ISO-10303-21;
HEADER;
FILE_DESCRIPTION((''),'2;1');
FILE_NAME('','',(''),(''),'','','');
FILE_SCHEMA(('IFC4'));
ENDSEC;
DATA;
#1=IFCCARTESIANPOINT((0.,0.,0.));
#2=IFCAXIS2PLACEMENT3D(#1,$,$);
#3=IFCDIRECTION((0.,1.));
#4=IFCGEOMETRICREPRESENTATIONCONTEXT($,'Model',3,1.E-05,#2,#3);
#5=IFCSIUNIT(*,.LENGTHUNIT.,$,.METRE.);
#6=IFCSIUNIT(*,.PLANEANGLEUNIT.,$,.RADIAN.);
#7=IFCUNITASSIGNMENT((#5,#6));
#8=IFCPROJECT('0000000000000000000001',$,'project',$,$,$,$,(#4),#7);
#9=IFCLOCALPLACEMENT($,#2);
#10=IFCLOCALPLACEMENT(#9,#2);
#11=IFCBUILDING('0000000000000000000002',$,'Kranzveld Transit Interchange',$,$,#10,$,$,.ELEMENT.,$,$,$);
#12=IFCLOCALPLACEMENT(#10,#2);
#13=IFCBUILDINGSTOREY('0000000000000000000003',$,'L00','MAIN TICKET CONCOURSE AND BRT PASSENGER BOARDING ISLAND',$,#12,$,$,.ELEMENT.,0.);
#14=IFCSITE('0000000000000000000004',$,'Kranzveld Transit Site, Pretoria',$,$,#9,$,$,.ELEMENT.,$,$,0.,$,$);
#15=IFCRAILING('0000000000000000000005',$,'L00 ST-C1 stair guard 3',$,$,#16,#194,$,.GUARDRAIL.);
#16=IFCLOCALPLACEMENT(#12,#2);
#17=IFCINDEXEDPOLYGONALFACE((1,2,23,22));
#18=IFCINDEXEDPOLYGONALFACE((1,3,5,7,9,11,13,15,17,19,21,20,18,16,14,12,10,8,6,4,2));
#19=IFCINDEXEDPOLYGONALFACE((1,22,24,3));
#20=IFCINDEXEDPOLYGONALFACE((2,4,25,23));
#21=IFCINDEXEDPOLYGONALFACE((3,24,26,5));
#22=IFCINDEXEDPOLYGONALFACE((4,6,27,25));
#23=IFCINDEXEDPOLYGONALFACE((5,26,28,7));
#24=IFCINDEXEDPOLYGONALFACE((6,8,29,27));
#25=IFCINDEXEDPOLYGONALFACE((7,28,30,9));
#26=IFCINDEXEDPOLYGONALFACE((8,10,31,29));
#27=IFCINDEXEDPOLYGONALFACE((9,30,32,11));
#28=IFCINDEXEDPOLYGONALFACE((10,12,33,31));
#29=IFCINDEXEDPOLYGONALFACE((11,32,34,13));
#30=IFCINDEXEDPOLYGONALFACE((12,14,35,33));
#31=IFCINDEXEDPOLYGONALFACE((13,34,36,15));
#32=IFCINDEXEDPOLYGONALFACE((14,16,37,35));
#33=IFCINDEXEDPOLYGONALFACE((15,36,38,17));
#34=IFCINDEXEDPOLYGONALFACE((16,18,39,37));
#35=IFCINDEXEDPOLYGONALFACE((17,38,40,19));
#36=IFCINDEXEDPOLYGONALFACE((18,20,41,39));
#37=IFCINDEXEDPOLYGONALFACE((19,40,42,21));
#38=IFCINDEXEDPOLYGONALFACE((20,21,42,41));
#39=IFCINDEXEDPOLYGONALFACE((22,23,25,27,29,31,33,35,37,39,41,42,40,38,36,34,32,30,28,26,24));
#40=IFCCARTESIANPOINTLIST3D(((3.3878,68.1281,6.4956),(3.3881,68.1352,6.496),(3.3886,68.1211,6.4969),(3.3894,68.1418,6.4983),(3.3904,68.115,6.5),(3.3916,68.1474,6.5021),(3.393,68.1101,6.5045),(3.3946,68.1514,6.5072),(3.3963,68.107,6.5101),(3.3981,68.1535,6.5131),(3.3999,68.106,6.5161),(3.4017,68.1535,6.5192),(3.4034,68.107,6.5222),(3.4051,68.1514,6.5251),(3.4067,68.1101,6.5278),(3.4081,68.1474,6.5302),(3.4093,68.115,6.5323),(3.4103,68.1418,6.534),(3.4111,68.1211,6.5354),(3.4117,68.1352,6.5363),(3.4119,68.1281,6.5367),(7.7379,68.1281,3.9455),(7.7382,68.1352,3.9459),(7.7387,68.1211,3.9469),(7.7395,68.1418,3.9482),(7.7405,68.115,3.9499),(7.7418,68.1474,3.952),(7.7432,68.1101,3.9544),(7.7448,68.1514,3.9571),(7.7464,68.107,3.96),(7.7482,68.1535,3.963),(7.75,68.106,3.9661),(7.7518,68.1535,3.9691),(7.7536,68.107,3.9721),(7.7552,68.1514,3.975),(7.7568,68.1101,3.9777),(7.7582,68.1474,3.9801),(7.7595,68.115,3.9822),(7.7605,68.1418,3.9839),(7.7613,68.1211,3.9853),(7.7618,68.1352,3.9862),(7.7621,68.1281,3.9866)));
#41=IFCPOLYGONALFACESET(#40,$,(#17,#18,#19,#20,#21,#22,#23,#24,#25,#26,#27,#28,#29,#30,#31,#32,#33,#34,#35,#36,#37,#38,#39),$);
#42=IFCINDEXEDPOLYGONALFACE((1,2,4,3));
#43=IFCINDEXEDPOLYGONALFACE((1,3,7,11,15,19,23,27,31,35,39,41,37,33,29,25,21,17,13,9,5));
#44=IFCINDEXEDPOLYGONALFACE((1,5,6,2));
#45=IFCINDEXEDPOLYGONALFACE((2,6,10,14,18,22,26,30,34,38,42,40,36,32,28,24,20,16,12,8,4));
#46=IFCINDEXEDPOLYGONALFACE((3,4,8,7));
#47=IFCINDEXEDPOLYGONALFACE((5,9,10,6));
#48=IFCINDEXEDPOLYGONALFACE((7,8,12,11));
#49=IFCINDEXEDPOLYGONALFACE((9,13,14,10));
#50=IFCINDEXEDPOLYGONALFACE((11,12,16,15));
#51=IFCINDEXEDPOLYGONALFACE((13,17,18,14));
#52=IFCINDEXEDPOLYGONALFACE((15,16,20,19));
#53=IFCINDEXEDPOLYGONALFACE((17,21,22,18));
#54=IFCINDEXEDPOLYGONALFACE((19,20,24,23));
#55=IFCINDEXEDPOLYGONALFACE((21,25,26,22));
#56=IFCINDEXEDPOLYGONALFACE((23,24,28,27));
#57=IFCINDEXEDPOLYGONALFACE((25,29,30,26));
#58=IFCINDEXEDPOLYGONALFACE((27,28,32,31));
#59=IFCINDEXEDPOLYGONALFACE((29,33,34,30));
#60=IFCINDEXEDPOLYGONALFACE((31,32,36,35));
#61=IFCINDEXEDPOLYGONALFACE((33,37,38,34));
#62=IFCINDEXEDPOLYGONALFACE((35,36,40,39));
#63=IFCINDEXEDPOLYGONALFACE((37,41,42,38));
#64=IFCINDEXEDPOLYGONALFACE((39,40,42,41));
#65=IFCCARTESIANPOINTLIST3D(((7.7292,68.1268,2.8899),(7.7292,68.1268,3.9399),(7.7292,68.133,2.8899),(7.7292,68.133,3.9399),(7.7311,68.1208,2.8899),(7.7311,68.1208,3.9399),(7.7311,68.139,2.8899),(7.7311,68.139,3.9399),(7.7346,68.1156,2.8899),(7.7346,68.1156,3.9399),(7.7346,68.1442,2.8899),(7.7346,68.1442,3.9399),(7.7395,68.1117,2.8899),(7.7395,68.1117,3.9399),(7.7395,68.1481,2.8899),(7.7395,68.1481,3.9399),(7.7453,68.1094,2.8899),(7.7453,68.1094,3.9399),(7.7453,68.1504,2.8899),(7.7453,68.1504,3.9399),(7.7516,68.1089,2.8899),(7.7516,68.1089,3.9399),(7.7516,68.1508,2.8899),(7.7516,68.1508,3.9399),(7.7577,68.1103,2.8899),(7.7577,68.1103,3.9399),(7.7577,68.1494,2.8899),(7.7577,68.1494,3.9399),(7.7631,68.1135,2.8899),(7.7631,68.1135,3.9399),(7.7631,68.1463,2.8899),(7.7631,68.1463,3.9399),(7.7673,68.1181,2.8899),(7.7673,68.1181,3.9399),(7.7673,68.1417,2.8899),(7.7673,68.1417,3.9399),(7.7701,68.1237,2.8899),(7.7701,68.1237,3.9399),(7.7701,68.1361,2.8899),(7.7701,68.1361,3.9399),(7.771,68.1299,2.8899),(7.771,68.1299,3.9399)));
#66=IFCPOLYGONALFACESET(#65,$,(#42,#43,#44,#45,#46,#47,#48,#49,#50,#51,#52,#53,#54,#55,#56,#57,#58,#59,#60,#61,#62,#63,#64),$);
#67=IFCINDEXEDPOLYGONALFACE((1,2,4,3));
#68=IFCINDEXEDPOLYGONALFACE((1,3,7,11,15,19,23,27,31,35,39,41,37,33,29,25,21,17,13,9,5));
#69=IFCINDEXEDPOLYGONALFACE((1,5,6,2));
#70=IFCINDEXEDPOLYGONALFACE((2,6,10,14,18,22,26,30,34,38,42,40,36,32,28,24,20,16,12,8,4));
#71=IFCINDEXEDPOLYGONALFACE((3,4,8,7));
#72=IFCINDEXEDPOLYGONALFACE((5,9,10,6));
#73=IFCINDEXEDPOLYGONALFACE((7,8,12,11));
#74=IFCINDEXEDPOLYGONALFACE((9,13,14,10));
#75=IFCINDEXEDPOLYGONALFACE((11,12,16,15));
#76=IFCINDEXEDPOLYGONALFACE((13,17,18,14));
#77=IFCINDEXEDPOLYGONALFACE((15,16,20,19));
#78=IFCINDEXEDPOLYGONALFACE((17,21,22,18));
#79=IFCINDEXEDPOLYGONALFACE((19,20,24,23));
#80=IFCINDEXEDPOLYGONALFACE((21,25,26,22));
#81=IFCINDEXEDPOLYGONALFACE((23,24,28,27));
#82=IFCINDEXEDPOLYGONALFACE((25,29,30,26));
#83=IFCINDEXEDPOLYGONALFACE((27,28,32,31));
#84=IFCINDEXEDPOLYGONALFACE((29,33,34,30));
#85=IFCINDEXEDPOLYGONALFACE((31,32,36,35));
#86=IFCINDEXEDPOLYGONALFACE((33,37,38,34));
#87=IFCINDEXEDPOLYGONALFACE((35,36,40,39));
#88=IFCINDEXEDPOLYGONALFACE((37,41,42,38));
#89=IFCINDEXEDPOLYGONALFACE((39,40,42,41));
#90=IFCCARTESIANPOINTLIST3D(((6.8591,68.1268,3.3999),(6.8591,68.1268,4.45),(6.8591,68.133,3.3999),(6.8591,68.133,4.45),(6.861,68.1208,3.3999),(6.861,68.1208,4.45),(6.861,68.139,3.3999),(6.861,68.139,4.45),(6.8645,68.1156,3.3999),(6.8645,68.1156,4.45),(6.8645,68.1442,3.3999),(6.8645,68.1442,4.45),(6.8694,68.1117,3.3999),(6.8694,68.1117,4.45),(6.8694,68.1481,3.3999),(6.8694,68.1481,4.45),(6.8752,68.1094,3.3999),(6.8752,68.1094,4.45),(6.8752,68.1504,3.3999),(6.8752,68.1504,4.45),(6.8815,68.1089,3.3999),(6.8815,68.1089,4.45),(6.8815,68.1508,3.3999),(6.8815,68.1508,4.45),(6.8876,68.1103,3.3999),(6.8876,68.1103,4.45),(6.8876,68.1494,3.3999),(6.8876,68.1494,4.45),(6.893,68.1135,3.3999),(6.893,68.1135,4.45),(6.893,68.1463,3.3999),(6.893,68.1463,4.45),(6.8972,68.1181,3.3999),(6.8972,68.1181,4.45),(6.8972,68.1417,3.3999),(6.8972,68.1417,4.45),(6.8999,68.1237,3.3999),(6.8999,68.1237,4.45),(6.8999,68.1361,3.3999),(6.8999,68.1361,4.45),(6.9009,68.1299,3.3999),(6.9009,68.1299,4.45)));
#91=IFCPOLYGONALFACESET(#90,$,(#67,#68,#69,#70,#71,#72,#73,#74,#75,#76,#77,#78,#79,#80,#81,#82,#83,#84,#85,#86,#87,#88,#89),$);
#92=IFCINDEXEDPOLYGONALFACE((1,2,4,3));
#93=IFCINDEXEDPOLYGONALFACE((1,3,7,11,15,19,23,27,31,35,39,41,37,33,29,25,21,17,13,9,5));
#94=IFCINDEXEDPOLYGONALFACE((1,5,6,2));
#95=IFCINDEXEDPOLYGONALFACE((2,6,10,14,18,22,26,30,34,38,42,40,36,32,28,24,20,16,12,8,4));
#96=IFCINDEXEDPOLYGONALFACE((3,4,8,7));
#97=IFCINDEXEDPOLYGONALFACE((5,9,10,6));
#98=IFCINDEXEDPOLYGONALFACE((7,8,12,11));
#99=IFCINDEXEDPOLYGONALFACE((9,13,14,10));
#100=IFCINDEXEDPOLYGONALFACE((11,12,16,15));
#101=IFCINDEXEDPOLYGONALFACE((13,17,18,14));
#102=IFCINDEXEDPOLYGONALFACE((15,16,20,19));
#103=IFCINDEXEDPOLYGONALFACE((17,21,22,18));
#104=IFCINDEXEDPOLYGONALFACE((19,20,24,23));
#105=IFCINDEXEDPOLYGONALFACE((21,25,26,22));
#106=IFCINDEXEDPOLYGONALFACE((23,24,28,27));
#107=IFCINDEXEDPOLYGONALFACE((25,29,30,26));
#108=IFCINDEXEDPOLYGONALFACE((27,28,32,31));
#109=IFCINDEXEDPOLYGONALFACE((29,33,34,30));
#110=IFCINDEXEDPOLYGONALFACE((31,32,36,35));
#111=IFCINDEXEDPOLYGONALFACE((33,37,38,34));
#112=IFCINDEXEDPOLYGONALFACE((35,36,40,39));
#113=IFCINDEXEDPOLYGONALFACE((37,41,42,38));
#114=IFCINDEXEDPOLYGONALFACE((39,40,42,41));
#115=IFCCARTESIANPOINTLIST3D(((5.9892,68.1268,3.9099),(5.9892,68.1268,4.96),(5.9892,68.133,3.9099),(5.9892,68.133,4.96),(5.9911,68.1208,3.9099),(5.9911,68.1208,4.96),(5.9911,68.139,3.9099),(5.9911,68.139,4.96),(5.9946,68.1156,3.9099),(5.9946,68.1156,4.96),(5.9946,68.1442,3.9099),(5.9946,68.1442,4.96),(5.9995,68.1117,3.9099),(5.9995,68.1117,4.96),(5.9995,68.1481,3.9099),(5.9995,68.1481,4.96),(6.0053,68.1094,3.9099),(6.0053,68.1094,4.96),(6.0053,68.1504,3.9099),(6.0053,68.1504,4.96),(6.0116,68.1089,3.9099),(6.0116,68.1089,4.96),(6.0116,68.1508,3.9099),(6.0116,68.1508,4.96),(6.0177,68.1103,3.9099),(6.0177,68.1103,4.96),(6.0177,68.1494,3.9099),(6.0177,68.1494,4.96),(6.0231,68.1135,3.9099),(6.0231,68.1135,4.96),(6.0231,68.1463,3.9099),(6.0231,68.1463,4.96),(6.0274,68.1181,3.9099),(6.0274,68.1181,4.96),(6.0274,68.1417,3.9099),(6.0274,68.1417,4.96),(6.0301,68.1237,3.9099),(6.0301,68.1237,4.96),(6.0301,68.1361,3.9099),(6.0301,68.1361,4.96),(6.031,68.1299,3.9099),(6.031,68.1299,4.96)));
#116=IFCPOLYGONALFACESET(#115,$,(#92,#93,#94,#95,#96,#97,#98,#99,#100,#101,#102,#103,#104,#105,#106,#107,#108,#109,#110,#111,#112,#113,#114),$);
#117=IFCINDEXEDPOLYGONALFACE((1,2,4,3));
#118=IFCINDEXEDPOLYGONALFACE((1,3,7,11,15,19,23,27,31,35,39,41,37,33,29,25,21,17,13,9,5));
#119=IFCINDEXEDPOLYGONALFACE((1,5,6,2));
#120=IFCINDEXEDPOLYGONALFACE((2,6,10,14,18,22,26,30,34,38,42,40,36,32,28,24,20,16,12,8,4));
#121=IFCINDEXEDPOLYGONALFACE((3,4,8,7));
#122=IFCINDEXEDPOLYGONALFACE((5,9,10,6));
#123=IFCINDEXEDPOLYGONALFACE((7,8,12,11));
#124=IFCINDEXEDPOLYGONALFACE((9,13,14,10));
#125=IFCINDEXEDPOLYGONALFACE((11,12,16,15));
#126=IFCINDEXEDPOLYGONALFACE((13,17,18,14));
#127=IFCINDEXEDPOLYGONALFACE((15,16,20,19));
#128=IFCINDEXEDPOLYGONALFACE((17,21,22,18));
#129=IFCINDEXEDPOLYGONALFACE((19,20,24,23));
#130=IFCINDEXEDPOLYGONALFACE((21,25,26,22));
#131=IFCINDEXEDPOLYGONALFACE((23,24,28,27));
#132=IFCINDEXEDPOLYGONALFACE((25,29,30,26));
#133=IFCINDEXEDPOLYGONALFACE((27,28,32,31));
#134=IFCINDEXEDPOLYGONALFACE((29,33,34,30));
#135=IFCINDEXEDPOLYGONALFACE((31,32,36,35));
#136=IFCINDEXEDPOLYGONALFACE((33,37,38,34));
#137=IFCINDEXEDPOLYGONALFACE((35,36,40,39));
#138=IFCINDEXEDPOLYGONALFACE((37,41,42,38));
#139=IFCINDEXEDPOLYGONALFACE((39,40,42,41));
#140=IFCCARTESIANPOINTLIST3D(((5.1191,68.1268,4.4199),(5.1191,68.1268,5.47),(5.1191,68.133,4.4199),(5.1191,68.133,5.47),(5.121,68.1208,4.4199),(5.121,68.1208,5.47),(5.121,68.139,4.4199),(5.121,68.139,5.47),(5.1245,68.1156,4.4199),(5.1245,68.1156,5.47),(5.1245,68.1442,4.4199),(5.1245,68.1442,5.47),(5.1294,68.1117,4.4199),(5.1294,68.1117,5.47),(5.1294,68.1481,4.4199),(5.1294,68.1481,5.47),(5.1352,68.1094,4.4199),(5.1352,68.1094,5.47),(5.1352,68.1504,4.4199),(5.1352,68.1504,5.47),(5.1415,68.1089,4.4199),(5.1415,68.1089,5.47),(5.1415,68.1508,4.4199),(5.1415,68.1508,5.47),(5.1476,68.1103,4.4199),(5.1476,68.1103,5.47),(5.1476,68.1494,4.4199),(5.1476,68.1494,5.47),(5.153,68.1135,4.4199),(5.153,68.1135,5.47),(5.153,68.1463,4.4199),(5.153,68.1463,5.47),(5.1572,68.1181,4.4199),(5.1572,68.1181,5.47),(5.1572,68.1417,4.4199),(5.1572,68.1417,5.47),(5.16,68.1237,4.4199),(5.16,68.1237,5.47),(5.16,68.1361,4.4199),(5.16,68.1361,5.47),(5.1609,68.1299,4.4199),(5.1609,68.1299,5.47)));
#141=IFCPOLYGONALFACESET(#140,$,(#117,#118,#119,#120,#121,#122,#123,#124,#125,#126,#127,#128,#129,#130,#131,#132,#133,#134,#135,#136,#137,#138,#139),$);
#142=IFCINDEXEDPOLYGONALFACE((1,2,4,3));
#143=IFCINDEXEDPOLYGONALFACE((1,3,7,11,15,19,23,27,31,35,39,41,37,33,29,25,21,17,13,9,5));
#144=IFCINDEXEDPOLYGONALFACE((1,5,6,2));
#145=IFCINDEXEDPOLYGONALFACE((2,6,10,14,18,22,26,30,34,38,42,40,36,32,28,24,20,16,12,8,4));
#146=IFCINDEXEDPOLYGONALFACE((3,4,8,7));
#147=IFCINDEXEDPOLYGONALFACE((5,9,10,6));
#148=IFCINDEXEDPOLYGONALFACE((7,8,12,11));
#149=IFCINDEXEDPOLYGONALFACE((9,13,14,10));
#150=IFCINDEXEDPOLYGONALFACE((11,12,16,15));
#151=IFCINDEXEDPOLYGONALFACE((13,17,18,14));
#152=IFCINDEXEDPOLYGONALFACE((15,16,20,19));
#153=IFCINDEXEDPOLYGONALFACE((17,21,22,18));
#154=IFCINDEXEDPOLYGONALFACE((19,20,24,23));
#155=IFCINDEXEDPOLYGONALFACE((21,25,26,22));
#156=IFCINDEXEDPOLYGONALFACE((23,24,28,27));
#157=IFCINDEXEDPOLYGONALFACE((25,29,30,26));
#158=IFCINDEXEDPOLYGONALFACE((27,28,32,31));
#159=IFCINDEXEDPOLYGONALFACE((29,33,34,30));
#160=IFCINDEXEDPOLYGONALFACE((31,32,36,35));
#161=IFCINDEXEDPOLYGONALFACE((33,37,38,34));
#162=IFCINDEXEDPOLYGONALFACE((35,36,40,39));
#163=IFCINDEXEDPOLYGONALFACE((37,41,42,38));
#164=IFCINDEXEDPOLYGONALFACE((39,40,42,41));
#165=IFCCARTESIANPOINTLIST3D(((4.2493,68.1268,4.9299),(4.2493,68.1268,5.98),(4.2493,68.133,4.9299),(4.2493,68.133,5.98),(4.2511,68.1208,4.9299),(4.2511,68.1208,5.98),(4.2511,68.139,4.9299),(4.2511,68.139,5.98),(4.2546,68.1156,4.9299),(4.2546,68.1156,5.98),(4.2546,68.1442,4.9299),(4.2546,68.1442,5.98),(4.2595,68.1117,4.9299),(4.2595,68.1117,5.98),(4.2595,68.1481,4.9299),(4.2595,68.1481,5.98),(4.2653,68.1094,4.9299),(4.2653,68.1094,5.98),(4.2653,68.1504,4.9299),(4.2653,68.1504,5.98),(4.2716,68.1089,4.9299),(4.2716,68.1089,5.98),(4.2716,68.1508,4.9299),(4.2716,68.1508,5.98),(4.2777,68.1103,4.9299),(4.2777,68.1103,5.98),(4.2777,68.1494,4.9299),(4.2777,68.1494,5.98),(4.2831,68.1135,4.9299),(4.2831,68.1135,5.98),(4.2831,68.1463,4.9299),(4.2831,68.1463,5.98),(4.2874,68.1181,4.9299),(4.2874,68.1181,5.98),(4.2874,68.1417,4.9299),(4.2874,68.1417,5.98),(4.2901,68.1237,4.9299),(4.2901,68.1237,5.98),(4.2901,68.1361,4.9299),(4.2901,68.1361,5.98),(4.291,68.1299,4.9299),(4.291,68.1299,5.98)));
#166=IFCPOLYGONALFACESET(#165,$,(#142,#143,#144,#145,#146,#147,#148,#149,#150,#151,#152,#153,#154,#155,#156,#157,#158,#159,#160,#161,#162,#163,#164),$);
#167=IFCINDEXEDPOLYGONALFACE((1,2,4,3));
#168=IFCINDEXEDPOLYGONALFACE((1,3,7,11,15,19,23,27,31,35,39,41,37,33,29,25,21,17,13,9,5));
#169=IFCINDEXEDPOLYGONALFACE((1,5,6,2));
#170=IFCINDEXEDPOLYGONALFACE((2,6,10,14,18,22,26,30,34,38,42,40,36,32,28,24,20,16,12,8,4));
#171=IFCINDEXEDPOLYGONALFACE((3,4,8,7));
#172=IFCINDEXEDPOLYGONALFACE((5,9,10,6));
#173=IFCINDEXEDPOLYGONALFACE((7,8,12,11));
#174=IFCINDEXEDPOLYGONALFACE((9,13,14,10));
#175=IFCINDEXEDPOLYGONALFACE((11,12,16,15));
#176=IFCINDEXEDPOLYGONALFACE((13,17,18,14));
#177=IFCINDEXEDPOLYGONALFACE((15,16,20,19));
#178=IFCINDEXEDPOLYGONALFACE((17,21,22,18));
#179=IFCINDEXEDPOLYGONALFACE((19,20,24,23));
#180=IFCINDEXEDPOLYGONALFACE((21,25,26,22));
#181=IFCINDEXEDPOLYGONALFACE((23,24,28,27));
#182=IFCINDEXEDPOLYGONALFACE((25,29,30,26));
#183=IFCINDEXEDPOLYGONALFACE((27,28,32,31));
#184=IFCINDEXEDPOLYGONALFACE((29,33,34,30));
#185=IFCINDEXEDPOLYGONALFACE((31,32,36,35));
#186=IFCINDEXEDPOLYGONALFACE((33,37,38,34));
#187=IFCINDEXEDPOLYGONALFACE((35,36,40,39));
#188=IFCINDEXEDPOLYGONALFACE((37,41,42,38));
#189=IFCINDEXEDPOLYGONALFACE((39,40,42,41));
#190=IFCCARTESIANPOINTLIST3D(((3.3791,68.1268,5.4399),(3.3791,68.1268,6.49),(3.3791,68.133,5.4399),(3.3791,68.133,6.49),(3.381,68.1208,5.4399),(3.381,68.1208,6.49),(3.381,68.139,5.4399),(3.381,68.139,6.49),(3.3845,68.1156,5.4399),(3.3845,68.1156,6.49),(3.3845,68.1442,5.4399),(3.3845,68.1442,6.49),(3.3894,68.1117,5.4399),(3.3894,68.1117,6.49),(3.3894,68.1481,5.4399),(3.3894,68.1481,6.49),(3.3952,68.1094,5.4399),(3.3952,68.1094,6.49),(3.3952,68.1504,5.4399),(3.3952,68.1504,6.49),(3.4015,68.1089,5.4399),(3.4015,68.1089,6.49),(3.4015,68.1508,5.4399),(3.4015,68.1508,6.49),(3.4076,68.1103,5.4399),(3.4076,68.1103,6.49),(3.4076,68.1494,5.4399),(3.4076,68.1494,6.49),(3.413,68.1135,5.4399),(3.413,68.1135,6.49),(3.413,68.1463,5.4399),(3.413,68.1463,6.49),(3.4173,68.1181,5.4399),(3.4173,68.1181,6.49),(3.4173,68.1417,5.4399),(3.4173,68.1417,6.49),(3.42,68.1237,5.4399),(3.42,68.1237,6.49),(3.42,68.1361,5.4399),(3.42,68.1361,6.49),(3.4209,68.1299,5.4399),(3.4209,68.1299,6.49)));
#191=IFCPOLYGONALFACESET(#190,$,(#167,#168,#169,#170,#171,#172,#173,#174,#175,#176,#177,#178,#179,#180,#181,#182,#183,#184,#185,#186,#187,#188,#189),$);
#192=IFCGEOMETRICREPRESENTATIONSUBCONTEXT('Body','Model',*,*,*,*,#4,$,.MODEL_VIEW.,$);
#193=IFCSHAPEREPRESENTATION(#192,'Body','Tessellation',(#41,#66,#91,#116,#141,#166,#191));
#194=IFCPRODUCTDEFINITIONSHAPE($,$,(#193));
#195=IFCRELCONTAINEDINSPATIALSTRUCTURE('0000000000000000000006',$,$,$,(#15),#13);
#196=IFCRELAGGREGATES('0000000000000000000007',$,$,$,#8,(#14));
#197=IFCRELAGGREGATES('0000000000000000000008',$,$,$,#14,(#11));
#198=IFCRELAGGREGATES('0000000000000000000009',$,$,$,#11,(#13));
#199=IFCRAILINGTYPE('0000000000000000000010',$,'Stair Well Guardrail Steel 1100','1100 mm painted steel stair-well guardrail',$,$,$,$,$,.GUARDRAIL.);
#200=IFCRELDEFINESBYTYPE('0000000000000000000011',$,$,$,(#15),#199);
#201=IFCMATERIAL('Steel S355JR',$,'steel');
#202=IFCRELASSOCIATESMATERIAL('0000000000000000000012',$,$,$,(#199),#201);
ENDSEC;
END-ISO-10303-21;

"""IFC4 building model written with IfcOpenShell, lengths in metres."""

from ifc_helpers import new_model, si_unit, direction, frame, origin, origin_2d, place, context, subcontext, project, spatial, circle, extrude, material, type_object, element, save


model = new_model("IFC4")

# Units and contexts
model_context = context("Model", 3, precision=1e-05, world=origin(), true_north=direction((0.0, 1.0)))
body_context = subcontext(model_context, "Body", "Model", "MODEL_VIEW")
ifc_project = project(units=[si_unit("LENGTHUNIT", "METRE"), si_unit("PLANEANGLEUNIT", "RADIAN")], contexts=[model_context])

# Site, building, storey
site_placement = place(None, origin())
site = spatial("IfcSite", under=ifc_project, at=site_placement, Name="Kranzveld Transit Site, Pretoria", CompositionType="ELEMENT", RefElevation=0.0)
building_placement = place(site_placement, origin())
building = spatial("IfcBuilding", under=site, at=building_placement, Name="Kranzveld Transit Interchange", CompositionType="ELEMENT")
storey_placement = place(building_placement, origin())
storey = spatial("IfcBuildingStorey", under=building, at=storey_placement, Name="L00", Description="MAIN TICKET CONCOURSE AND BRT PASSENGER BOARDING ISLAND", CompositionType="ELEMENT", Elevation=0.0)

# Railing
ifc_material_1 = material(Name="Steel S355JR", Category="steel")
railing_type_1 = type_object("IfcRailingType", Name="Stair Well Guardrail Steel 1100", Description="1100 mm painted steel stair-well guardrail", PredefinedType="GUARDRAIL", material=ifc_material_1)
railing_1_placement = place(storey_placement, frame((7.75, 68.1299, 2.8899)))
element("IfcRailing", 1, at=railing_1_placement, inside=storey, type_object=railing_type_1, Name="L00 ST-C1 stair guard 3", PredefinedType="GUARDRAIL", context=body_context, shape_type="SweptSolid", body=[
    extrude(circle(Radius=0.0239, at=origin_2d()), frame((0.0, 0.0, 1.0762), z_axis=(-0.862699, 0.0, 0.505718), x_axis=(0.0, -1.0, 0.0)), (0.0, 0.0, 1.0), 5.0425),
    extrude(circle(Radius=0.021, at=origin_2d()), origin(), (0.0, 0.0, 1.0), 1.05),
    extrude(circle(Radius=0.021, at=origin_2d()), frame((-0.8701, 0.0, 0.51)), (0.0, 0.0, 1.0), 1.05),
    extrude(circle(Radius=0.021, at=origin_2d()), frame((-1.74, 0.0, 1.02)), (0.0, 0.0, 1.0), 1.05),
    extrude(circle(Radius=0.021, at=origin_2d()), frame((-2.6101, 0.0, 1.53)), (0.0, 0.0, 1.0), 1.05),
    extrude(circle(Radius=0.021, at=origin_2d()), frame((-3.48, 0.0, 2.04)), (0.0, 0.0, 1.0), 1.05),
    extrude(circle(Radius=0.021, at=origin_2d()), frame((-4.3501, 0.0, 2.55)), (0.0, 0.0, 1.0), 1.05),
])

save(model, "model.ifc")
